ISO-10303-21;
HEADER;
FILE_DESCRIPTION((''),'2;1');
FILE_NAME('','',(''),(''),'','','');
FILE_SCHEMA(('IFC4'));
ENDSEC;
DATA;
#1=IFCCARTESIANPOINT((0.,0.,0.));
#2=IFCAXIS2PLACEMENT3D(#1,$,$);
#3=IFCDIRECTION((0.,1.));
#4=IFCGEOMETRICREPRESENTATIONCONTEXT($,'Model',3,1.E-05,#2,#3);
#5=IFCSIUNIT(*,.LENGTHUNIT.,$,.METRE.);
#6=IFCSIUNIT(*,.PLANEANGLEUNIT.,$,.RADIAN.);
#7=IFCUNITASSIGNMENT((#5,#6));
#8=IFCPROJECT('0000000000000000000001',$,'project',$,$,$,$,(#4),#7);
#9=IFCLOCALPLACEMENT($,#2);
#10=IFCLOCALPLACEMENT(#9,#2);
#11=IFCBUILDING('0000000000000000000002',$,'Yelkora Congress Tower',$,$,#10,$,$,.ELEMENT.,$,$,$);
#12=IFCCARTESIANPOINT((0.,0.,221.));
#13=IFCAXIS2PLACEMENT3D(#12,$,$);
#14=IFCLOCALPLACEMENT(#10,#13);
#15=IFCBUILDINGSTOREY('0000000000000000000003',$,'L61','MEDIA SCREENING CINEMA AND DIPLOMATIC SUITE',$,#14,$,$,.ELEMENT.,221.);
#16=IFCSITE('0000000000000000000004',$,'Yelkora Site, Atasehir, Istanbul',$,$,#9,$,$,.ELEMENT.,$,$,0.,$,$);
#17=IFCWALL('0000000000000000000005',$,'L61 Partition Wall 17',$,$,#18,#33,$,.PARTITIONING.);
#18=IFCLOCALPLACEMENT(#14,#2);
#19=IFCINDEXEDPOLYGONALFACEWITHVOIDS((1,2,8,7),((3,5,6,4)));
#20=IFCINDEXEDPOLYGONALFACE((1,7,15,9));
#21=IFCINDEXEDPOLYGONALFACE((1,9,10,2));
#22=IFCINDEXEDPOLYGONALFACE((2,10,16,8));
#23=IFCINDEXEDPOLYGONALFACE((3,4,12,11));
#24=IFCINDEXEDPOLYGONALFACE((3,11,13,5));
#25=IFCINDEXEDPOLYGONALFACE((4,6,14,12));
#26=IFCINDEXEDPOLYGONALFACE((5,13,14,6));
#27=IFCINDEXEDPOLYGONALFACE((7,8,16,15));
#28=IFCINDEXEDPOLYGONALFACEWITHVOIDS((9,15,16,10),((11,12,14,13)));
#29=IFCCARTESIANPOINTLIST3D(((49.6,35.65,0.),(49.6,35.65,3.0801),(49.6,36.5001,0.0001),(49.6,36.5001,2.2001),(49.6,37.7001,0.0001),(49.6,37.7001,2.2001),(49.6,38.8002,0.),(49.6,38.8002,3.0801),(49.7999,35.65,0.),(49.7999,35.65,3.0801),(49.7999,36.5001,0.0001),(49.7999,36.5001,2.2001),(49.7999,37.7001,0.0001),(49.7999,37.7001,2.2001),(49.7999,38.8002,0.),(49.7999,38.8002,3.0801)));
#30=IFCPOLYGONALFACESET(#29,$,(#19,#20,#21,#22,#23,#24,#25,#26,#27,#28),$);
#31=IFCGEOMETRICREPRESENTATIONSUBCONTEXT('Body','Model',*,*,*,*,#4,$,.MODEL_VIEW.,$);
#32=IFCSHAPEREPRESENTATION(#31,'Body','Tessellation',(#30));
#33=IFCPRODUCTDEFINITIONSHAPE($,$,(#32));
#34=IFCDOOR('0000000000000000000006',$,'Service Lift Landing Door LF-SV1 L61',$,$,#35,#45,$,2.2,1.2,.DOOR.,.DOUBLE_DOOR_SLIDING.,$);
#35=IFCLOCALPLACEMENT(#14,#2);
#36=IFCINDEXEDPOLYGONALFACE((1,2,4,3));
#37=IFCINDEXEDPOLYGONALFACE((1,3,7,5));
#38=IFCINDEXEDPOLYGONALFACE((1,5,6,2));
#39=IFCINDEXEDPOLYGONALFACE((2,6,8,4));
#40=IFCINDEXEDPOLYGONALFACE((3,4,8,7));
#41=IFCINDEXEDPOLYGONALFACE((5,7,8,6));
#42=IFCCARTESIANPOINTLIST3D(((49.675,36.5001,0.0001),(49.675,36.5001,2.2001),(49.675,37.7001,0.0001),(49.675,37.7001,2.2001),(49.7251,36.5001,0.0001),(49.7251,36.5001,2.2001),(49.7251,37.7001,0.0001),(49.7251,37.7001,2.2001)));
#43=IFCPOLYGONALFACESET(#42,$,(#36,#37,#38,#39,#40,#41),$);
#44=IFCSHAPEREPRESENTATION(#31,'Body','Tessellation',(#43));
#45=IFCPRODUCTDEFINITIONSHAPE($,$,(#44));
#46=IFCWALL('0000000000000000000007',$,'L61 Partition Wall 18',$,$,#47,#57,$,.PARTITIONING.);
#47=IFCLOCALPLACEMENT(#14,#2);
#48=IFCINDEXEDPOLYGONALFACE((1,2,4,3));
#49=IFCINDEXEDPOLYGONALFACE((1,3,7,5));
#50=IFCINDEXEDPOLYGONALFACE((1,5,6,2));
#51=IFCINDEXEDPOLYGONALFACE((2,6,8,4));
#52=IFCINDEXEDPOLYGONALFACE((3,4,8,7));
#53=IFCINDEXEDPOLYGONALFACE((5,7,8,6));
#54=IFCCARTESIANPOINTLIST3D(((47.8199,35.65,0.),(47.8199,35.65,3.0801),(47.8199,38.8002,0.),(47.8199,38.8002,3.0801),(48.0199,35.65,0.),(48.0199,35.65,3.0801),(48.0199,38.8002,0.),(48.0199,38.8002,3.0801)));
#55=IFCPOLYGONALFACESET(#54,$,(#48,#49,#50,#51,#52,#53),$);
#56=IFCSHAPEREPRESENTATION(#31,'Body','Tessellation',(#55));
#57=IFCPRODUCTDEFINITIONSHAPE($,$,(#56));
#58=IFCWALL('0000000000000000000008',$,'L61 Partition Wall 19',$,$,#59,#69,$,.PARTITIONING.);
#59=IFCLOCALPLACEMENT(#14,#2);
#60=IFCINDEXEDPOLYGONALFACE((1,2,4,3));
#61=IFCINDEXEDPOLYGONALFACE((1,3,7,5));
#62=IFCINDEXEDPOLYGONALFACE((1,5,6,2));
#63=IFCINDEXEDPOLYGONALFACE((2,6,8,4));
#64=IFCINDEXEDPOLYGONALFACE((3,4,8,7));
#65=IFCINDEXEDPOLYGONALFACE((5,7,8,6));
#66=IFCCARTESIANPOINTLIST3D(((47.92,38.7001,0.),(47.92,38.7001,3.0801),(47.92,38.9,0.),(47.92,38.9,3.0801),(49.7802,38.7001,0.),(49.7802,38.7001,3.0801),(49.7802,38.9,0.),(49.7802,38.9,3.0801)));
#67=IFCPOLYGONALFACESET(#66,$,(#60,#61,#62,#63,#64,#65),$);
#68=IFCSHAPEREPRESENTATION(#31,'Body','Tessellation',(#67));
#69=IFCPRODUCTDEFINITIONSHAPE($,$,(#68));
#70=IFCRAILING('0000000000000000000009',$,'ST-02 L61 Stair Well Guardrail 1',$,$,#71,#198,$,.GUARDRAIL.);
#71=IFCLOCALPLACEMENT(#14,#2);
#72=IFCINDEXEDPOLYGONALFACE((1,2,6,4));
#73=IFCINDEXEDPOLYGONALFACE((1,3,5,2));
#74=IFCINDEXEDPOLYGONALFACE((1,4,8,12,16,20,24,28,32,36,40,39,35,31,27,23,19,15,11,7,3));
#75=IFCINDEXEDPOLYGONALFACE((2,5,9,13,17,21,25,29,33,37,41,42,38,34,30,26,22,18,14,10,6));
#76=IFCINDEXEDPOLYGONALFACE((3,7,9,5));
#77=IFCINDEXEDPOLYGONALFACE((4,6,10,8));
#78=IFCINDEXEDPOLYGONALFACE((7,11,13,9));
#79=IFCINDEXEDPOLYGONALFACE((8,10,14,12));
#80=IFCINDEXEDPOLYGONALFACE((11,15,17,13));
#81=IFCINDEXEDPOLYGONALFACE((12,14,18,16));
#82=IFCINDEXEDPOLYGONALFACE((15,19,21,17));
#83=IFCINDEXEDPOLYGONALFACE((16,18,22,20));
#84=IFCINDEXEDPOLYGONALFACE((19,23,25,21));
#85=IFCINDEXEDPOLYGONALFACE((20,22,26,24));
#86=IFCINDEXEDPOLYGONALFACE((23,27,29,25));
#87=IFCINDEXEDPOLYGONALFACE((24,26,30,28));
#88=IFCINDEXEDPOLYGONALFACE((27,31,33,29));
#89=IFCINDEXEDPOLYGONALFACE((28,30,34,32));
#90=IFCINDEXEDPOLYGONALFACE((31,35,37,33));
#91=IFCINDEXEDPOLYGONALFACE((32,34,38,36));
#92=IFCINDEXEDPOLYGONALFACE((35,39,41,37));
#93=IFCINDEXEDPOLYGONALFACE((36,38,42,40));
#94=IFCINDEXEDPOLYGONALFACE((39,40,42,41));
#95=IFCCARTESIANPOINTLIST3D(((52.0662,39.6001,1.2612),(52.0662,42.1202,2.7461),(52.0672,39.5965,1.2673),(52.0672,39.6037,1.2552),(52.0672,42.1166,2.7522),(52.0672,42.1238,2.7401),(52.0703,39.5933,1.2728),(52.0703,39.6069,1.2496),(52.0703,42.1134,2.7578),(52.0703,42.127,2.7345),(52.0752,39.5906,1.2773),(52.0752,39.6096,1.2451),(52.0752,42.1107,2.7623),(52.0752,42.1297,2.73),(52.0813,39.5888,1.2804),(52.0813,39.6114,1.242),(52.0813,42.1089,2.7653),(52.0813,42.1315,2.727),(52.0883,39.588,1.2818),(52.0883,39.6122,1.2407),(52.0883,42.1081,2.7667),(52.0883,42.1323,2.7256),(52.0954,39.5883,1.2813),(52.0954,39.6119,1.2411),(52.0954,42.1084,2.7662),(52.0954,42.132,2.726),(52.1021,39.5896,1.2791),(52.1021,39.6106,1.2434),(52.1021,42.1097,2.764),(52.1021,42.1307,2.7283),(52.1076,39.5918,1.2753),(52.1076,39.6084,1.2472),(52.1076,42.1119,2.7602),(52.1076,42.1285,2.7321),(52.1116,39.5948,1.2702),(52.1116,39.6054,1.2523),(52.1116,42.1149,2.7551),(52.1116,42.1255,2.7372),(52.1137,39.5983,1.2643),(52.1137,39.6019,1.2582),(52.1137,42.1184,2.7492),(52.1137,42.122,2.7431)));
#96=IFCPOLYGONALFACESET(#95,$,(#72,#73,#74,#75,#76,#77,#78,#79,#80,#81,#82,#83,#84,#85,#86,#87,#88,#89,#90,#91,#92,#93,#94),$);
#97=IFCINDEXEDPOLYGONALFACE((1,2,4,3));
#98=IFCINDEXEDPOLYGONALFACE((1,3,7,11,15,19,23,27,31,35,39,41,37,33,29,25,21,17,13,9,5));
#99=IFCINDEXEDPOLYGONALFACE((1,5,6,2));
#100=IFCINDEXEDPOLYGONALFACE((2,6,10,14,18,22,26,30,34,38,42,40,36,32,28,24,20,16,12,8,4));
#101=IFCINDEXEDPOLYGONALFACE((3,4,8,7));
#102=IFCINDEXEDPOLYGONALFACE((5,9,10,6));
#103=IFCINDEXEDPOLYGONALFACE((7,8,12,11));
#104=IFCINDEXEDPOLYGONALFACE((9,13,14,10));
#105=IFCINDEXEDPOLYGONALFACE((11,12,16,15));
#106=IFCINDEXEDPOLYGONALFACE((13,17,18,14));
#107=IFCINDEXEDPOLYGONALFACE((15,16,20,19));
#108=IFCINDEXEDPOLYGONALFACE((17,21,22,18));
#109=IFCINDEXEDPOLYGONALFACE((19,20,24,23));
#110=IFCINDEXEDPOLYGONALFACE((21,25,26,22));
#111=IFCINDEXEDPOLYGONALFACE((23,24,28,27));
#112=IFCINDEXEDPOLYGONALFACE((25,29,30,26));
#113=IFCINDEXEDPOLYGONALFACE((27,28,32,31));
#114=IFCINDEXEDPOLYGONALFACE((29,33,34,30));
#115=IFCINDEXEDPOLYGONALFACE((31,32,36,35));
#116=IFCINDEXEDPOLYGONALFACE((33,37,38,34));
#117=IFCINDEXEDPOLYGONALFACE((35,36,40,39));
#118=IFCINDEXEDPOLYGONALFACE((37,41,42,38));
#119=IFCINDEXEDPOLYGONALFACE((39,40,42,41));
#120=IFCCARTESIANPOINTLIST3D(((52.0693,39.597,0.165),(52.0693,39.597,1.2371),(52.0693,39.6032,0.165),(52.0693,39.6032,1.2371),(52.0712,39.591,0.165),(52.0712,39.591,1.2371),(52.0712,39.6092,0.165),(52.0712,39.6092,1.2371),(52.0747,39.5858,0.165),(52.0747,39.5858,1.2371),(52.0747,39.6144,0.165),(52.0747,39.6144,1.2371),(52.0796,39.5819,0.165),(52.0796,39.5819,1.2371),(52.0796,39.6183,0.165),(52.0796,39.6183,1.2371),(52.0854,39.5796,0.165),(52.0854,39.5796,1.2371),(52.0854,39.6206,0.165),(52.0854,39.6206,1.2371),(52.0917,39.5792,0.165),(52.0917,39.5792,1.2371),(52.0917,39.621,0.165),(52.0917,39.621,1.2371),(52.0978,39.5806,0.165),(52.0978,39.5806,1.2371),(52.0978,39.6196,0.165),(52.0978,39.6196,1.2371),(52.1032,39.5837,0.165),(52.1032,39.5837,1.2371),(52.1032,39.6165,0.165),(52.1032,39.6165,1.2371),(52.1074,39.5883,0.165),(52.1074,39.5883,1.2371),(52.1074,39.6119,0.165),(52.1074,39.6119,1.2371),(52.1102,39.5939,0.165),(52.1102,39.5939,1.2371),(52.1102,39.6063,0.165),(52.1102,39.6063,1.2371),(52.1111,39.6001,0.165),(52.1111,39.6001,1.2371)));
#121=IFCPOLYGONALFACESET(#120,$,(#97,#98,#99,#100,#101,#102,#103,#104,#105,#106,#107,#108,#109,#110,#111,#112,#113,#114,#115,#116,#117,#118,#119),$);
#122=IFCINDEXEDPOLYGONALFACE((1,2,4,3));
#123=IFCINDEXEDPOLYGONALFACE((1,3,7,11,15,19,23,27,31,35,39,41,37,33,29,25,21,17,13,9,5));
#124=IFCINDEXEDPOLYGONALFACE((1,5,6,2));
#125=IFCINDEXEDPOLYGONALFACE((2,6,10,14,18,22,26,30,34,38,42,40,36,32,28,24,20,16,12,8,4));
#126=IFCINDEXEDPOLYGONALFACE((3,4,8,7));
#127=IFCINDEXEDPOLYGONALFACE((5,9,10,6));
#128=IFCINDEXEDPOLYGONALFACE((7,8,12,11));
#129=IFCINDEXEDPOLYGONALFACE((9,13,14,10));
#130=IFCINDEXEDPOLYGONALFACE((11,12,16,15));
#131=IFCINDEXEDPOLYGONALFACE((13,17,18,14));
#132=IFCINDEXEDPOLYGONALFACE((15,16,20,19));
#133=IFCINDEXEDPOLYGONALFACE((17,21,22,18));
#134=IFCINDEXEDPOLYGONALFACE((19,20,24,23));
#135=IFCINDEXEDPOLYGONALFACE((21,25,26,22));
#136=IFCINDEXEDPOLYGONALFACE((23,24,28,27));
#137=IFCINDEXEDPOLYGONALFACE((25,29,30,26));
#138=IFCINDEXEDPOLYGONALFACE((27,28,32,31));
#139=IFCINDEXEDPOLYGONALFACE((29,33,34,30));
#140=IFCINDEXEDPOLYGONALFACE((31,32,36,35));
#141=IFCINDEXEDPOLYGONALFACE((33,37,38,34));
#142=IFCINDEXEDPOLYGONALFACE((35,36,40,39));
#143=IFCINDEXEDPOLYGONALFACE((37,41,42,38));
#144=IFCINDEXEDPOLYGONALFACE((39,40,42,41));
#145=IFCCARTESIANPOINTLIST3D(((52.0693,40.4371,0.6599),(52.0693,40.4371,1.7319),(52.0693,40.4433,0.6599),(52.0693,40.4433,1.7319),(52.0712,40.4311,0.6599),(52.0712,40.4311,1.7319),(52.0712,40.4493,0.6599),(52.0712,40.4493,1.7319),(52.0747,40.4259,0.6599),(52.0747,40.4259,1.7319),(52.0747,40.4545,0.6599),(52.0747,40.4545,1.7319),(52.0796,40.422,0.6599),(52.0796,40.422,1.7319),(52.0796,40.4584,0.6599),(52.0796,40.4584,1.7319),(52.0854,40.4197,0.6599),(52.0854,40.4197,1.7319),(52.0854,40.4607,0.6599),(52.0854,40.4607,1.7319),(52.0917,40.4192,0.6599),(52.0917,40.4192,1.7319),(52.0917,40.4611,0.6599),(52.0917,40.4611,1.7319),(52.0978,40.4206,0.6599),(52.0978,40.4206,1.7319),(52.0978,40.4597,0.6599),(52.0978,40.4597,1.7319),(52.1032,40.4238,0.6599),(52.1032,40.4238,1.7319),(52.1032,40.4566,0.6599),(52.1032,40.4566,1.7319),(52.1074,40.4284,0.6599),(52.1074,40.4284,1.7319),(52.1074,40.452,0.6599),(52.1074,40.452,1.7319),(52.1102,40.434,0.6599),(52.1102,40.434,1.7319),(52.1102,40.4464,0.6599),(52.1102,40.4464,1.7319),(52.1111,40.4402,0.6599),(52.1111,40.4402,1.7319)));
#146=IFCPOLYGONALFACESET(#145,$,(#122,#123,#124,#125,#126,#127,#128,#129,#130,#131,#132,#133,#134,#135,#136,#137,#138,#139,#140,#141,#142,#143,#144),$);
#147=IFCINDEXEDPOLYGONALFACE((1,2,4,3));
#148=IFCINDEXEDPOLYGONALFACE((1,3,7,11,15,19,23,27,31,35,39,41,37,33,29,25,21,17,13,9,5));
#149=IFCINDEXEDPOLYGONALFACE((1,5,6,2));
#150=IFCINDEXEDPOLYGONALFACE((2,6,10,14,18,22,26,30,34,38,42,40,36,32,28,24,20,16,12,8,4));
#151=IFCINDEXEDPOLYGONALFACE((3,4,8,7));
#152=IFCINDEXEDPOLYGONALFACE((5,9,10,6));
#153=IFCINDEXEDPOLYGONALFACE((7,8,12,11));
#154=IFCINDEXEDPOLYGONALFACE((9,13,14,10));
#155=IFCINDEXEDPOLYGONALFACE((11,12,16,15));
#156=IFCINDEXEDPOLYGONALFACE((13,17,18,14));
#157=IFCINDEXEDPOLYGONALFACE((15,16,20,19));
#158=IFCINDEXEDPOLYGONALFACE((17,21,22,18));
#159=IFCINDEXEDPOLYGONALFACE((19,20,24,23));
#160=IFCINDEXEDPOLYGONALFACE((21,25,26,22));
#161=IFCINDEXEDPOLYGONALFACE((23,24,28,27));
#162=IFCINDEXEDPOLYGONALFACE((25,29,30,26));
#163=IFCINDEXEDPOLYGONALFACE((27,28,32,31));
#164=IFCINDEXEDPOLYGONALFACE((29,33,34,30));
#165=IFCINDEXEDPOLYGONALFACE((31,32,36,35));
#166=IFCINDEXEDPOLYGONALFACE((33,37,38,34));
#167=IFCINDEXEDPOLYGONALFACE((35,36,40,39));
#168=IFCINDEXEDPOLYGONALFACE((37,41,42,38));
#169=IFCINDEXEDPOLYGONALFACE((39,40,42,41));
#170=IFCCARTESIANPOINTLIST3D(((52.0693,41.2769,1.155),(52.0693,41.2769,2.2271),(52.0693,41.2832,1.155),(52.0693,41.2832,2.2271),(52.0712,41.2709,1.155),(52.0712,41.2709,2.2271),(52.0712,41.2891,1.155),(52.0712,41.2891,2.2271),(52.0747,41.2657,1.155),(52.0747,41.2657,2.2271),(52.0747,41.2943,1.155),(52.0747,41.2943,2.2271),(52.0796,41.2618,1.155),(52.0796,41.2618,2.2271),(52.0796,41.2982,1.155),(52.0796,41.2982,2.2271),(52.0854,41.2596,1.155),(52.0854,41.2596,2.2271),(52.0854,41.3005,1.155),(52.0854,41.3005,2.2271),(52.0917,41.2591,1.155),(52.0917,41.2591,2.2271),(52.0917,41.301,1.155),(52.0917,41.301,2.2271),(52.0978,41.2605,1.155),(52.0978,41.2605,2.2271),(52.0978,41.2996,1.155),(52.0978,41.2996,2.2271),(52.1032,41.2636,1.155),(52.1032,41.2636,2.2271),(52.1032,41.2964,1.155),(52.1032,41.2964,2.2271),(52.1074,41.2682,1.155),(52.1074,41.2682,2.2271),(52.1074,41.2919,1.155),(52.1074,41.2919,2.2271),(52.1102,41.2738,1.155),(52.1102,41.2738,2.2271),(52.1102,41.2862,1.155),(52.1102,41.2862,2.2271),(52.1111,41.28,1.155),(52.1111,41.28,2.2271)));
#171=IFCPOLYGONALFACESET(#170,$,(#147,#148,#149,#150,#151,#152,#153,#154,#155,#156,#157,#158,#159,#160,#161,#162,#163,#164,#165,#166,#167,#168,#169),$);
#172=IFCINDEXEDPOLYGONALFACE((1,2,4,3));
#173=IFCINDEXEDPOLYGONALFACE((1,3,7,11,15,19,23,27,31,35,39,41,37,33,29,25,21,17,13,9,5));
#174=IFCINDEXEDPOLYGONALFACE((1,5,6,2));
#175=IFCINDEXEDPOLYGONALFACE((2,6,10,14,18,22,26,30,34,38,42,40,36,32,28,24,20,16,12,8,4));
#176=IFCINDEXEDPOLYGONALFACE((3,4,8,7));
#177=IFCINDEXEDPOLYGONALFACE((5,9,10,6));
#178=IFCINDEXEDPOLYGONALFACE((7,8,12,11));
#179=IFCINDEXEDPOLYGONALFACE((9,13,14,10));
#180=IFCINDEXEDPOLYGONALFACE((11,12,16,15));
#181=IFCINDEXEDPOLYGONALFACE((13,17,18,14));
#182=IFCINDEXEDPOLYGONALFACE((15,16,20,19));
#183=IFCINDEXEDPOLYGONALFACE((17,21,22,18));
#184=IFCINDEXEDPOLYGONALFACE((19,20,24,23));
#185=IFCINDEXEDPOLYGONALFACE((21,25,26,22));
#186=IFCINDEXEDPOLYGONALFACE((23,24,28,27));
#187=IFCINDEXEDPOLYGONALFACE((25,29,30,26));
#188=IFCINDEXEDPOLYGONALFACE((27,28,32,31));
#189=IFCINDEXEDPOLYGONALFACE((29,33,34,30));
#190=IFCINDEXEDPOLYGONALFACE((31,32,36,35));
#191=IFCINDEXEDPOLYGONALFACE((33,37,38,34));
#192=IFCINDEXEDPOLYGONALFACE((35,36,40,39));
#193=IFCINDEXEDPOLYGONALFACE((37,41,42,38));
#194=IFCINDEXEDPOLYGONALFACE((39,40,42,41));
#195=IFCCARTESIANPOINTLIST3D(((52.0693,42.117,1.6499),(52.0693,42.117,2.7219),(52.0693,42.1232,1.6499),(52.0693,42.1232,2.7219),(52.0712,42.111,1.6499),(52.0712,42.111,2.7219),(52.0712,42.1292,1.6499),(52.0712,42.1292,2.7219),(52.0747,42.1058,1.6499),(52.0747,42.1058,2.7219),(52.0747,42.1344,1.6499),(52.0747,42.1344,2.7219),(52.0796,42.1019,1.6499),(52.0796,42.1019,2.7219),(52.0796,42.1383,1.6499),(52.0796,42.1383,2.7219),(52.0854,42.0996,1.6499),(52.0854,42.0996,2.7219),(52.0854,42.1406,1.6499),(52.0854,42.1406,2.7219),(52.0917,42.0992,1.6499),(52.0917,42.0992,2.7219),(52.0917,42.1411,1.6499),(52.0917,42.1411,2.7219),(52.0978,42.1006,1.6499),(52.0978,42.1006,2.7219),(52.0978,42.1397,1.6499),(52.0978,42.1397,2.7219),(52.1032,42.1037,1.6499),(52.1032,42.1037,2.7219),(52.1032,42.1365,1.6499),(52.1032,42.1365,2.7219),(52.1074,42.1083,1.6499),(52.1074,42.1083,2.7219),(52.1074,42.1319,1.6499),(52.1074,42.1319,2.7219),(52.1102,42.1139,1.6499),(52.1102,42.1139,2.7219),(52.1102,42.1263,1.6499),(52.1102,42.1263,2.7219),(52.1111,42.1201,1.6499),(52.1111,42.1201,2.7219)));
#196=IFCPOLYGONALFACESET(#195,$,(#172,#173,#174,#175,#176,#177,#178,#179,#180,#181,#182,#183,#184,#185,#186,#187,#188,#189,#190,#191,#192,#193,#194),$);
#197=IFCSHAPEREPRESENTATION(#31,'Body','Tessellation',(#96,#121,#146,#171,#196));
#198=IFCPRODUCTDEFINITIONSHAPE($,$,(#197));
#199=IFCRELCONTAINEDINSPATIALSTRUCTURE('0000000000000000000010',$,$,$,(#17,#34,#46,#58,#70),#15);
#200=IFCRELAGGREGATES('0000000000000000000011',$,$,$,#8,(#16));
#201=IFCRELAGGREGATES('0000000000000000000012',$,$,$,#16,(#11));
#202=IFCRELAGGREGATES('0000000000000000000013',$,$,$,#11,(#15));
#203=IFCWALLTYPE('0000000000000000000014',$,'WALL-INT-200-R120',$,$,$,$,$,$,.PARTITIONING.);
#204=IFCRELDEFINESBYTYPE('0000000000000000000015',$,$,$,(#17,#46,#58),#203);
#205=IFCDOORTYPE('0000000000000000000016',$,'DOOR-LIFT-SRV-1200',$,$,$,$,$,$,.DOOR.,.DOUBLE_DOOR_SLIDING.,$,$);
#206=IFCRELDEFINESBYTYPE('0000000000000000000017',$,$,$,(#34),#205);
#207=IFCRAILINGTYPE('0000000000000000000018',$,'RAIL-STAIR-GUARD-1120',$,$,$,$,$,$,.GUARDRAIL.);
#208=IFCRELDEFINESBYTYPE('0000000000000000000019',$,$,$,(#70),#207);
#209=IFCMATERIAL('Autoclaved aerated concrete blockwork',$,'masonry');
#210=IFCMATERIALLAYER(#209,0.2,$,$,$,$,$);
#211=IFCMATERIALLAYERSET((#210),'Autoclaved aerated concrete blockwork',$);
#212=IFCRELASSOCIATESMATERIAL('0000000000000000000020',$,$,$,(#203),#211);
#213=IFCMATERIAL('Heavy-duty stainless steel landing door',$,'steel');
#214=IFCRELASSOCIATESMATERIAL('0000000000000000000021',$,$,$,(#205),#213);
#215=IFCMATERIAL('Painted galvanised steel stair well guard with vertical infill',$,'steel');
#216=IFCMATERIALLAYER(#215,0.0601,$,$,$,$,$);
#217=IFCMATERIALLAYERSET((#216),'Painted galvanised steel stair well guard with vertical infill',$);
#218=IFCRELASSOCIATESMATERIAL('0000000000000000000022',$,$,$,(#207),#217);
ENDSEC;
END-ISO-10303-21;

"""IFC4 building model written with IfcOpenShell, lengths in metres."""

from ifc_helpers import new_model, si_unit, direction, frame, frame_2d, origin, origin_2d, place, context, subcontext, project, spatial, rectangle, circle, extrude, material, layer, layer_set, type_object, element, fill, save


model = new_model("IFC4")

# Units and contexts
model_context = context("Model", 3, precision=1e-05, world=origin(), true_north=direction((0.0, 1.0)))
body_context = subcontext(model_context, "Body", "Model", "MODEL_VIEW")
ifc_project = project(units=[si_unit("LENGTHUNIT", "METRE"), si_unit("PLANEANGLEUNIT", "RADIAN")], contexts=[model_context])

# Site, building, storey
site_placement = place(None, origin())
site = spatial("IfcSite", under=ifc_project, at=site_placement, Name="Yelkora Site, Atasehir, Istanbul", CompositionType="ELEMENT", RefElevation=0.0)
building_placement = place(site_placement, origin())
building = spatial("IfcBuilding", under=site, at=building_placement, Name="Yelkora Congress Tower", CompositionType="ELEMENT")
storey_placement = place(building_placement, frame((0.0, 0.0, 221.0)))
storey = spatial("IfcBuildingStorey", under=building, at=storey_placement, Name="L61", Description="MEDIA SCREENING CINEMA AND DIPLOMATIC SUITE", CompositionType="ELEMENT", Elevation=221.0)

# Wall, opening, door
ifc_material_1 = material(Name="Autoclaved aerated concrete blockwork", Category="masonry")
ifc_layer_1 = layer(ifc_material_1, 0.2)
ifc_layer_set_1 = layer_set([ifc_layer_1], Name="Autoclaved aerated concrete blockwork")
wall_type_1 = type_object("IfcWallType", Name="WALL-INT-200-R120", PredefinedType="PARTITIONING", material=ifc_layer_set_1)
wall_1_placement = place(storey_placement, frame((49.7, 35.6499, 0.0), z_axis=(0.0, 0.0, 1.0), x_axis=(0.0, 1.0, 0.0)))
wall_1 = element("IfcWall", 1, at=wall_1_placement, inside=storey, type_object=wall_type_1, Name="L61 Partition Wall 17", PredefinedType="PARTITIONING", context=body_context, shape_type="SweptSolid", body=[
    extrude(rectangle(XDim=3.1501, YDim=0.2, at=frame_2d((1.5752, 0.0))), origin(), (0.0, 0.0, 1.0), 3.0801),
])
opening_1_placement = place(wall_1_placement, frame((0.8501, 0.0, 0.0)))
opening_1 = element("IfcOpeningElement", 2, at=opening_1_placement, cuts=wall_1, PredefinedType="OPENING", context=body_context, shape_type="SweptSolid", body=[
    extrude(rectangle(XDim=1.2, YDim=2.2, at=frame_2d((0.6001, 1.1001))), frame((0.0, 0.1099, 0.0), z_axis=(0.0, -1.0, 0.0), x_axis=(1.0, 0.0, 0.0)), (0.0, 0.0, 1.0), 0.22),
])
ifc_material_2 = material(Name="Heavy-duty stainless steel landing door", Category="steel")
door_type_1 = type_object("IfcDoorType", Name="DOOR-LIFT-SRV-1200", OperationType="DOUBLE_DOOR_SLIDING", PredefinedType="DOOR", material=ifc_material_2)
door_1_placement = place(opening_1_placement, origin())
door_1 = element("IfcDoor", 3, at=door_1_placement, inside=storey, type_object=door_type_1, Name="Service Lift Landing Door LF-SV1 L61", OperationType="DOUBLE_DOOR_SLIDING", OverallHeight=2.2, OverallWidth=1.2, PredefinedType="DOOR", context=body_context, shape_type="SweptSolid", body=[
    extrude(rectangle(XDim=1.2, YDim=2.2, at=frame_2d((0.6001, 1.1001))), frame((0.0, 0.0249, 0.0), z_axis=(0.0, -1.0, 0.0), x_axis=(1.0, 0.0, 0.0)), (0.0, 0.0, 1.0), 0.05),
])
fill(opening_1, door_1)

# Walls
wall_2_placement = place(storey_placement, frame((47.9199, 35.6499, 0.0), z_axis=(0.0, 0.0, 1.0), x_axis=(0.0, 1.0, 0.0)))
element("IfcWall", 4, at=wall_2_placement, inside=storey, type_object=wall_type_1, Name="L61 Partition Wall 18", PredefinedType="PARTITIONING", context=body_context, shape_type="SweptSolid", body=[
    extrude(rectangle(XDim=3.1501, YDim=0.2, at=frame_2d((1.5752, 0.0))), origin(), (0.0, 0.0, 1.0), 3.0801),
])
wall_3_placement = place(storey_placement, frame((47.9199, 38.8, 0.0), z_axis=(0.0, 0.0, 1.0), x_axis=(1.0, 0.0, 0.0)))
element("IfcWall", 5, at=wall_3_placement, inside=storey, type_object=wall_type_1, Name="L61 Partition Wall 19", PredefinedType="PARTITIONING", context=body_context, shape_type="SweptSolid", body=[
    extrude(rectangle(XDim=1.8601, YDim=0.2, at=frame_2d((0.9302, 0.0))), origin(), (0.0, 0.0, 1.0), 3.0801),
])

# Railing
ifc_material_3 = material(Name="Painted galvanised steel stair well guard with vertical infill", Category="steel")
ifc_layer_2 = layer(ifc_material_3, 0.0601)
ifc_layer_set_2 = layer_set([ifc_layer_2], Name="Painted galvanised steel stair well guard with vertical infill")
railing_type_1 = type_object("IfcRailingType", Name="RAIL-STAIR-GUARD-1120", PredefinedType="GUARDRAIL", material=ifc_layer_set_2)
railing_1_placement = place(storey_placement, frame((52.0901, 39.6001, 0.165)))
element("IfcRailing", 6, at=railing_1_placement, inside=storey, type_object=railing_type_1, Name="ST-02 L61 Stair Well Guardrail 1", PredefinedType="GUARDRAIL", context=body_context, shape_type="SweptSolid", body=[
    extrude(circle(Radius=0.0239, at=origin_2d()), frame((0.0, 0.0, 1.0962), z_axis=(0.0, 0.861561, 0.507655), x_axis=(-1.0, 0.0, 0.0)), (0.0, 0.0, 1.0), 2.925),
    extrude(circle(Radius=0.021, at=origin_2d()), origin(), (0.0, 0.0, 1.0), 1.072),
    extrude(circle(Radius=0.021, at=origin_2d()), frame((0.0, 0.8401, 0.4949)), (0.0, 0.0, 1.0), 1.072),
    extrude(circle(Radius=0.021, at=origin_2d()), frame((0.0, 1.6799, 0.99)), (0.0, 0.0, 1.0), 1.072),
    extrude(circle(Radius=0.021, at=origin_2d()), frame((0.0, 2.52, 1.4849)), (0.0, 0.0, 1.0), 1.072),
])

save(model, "model.ifc")
